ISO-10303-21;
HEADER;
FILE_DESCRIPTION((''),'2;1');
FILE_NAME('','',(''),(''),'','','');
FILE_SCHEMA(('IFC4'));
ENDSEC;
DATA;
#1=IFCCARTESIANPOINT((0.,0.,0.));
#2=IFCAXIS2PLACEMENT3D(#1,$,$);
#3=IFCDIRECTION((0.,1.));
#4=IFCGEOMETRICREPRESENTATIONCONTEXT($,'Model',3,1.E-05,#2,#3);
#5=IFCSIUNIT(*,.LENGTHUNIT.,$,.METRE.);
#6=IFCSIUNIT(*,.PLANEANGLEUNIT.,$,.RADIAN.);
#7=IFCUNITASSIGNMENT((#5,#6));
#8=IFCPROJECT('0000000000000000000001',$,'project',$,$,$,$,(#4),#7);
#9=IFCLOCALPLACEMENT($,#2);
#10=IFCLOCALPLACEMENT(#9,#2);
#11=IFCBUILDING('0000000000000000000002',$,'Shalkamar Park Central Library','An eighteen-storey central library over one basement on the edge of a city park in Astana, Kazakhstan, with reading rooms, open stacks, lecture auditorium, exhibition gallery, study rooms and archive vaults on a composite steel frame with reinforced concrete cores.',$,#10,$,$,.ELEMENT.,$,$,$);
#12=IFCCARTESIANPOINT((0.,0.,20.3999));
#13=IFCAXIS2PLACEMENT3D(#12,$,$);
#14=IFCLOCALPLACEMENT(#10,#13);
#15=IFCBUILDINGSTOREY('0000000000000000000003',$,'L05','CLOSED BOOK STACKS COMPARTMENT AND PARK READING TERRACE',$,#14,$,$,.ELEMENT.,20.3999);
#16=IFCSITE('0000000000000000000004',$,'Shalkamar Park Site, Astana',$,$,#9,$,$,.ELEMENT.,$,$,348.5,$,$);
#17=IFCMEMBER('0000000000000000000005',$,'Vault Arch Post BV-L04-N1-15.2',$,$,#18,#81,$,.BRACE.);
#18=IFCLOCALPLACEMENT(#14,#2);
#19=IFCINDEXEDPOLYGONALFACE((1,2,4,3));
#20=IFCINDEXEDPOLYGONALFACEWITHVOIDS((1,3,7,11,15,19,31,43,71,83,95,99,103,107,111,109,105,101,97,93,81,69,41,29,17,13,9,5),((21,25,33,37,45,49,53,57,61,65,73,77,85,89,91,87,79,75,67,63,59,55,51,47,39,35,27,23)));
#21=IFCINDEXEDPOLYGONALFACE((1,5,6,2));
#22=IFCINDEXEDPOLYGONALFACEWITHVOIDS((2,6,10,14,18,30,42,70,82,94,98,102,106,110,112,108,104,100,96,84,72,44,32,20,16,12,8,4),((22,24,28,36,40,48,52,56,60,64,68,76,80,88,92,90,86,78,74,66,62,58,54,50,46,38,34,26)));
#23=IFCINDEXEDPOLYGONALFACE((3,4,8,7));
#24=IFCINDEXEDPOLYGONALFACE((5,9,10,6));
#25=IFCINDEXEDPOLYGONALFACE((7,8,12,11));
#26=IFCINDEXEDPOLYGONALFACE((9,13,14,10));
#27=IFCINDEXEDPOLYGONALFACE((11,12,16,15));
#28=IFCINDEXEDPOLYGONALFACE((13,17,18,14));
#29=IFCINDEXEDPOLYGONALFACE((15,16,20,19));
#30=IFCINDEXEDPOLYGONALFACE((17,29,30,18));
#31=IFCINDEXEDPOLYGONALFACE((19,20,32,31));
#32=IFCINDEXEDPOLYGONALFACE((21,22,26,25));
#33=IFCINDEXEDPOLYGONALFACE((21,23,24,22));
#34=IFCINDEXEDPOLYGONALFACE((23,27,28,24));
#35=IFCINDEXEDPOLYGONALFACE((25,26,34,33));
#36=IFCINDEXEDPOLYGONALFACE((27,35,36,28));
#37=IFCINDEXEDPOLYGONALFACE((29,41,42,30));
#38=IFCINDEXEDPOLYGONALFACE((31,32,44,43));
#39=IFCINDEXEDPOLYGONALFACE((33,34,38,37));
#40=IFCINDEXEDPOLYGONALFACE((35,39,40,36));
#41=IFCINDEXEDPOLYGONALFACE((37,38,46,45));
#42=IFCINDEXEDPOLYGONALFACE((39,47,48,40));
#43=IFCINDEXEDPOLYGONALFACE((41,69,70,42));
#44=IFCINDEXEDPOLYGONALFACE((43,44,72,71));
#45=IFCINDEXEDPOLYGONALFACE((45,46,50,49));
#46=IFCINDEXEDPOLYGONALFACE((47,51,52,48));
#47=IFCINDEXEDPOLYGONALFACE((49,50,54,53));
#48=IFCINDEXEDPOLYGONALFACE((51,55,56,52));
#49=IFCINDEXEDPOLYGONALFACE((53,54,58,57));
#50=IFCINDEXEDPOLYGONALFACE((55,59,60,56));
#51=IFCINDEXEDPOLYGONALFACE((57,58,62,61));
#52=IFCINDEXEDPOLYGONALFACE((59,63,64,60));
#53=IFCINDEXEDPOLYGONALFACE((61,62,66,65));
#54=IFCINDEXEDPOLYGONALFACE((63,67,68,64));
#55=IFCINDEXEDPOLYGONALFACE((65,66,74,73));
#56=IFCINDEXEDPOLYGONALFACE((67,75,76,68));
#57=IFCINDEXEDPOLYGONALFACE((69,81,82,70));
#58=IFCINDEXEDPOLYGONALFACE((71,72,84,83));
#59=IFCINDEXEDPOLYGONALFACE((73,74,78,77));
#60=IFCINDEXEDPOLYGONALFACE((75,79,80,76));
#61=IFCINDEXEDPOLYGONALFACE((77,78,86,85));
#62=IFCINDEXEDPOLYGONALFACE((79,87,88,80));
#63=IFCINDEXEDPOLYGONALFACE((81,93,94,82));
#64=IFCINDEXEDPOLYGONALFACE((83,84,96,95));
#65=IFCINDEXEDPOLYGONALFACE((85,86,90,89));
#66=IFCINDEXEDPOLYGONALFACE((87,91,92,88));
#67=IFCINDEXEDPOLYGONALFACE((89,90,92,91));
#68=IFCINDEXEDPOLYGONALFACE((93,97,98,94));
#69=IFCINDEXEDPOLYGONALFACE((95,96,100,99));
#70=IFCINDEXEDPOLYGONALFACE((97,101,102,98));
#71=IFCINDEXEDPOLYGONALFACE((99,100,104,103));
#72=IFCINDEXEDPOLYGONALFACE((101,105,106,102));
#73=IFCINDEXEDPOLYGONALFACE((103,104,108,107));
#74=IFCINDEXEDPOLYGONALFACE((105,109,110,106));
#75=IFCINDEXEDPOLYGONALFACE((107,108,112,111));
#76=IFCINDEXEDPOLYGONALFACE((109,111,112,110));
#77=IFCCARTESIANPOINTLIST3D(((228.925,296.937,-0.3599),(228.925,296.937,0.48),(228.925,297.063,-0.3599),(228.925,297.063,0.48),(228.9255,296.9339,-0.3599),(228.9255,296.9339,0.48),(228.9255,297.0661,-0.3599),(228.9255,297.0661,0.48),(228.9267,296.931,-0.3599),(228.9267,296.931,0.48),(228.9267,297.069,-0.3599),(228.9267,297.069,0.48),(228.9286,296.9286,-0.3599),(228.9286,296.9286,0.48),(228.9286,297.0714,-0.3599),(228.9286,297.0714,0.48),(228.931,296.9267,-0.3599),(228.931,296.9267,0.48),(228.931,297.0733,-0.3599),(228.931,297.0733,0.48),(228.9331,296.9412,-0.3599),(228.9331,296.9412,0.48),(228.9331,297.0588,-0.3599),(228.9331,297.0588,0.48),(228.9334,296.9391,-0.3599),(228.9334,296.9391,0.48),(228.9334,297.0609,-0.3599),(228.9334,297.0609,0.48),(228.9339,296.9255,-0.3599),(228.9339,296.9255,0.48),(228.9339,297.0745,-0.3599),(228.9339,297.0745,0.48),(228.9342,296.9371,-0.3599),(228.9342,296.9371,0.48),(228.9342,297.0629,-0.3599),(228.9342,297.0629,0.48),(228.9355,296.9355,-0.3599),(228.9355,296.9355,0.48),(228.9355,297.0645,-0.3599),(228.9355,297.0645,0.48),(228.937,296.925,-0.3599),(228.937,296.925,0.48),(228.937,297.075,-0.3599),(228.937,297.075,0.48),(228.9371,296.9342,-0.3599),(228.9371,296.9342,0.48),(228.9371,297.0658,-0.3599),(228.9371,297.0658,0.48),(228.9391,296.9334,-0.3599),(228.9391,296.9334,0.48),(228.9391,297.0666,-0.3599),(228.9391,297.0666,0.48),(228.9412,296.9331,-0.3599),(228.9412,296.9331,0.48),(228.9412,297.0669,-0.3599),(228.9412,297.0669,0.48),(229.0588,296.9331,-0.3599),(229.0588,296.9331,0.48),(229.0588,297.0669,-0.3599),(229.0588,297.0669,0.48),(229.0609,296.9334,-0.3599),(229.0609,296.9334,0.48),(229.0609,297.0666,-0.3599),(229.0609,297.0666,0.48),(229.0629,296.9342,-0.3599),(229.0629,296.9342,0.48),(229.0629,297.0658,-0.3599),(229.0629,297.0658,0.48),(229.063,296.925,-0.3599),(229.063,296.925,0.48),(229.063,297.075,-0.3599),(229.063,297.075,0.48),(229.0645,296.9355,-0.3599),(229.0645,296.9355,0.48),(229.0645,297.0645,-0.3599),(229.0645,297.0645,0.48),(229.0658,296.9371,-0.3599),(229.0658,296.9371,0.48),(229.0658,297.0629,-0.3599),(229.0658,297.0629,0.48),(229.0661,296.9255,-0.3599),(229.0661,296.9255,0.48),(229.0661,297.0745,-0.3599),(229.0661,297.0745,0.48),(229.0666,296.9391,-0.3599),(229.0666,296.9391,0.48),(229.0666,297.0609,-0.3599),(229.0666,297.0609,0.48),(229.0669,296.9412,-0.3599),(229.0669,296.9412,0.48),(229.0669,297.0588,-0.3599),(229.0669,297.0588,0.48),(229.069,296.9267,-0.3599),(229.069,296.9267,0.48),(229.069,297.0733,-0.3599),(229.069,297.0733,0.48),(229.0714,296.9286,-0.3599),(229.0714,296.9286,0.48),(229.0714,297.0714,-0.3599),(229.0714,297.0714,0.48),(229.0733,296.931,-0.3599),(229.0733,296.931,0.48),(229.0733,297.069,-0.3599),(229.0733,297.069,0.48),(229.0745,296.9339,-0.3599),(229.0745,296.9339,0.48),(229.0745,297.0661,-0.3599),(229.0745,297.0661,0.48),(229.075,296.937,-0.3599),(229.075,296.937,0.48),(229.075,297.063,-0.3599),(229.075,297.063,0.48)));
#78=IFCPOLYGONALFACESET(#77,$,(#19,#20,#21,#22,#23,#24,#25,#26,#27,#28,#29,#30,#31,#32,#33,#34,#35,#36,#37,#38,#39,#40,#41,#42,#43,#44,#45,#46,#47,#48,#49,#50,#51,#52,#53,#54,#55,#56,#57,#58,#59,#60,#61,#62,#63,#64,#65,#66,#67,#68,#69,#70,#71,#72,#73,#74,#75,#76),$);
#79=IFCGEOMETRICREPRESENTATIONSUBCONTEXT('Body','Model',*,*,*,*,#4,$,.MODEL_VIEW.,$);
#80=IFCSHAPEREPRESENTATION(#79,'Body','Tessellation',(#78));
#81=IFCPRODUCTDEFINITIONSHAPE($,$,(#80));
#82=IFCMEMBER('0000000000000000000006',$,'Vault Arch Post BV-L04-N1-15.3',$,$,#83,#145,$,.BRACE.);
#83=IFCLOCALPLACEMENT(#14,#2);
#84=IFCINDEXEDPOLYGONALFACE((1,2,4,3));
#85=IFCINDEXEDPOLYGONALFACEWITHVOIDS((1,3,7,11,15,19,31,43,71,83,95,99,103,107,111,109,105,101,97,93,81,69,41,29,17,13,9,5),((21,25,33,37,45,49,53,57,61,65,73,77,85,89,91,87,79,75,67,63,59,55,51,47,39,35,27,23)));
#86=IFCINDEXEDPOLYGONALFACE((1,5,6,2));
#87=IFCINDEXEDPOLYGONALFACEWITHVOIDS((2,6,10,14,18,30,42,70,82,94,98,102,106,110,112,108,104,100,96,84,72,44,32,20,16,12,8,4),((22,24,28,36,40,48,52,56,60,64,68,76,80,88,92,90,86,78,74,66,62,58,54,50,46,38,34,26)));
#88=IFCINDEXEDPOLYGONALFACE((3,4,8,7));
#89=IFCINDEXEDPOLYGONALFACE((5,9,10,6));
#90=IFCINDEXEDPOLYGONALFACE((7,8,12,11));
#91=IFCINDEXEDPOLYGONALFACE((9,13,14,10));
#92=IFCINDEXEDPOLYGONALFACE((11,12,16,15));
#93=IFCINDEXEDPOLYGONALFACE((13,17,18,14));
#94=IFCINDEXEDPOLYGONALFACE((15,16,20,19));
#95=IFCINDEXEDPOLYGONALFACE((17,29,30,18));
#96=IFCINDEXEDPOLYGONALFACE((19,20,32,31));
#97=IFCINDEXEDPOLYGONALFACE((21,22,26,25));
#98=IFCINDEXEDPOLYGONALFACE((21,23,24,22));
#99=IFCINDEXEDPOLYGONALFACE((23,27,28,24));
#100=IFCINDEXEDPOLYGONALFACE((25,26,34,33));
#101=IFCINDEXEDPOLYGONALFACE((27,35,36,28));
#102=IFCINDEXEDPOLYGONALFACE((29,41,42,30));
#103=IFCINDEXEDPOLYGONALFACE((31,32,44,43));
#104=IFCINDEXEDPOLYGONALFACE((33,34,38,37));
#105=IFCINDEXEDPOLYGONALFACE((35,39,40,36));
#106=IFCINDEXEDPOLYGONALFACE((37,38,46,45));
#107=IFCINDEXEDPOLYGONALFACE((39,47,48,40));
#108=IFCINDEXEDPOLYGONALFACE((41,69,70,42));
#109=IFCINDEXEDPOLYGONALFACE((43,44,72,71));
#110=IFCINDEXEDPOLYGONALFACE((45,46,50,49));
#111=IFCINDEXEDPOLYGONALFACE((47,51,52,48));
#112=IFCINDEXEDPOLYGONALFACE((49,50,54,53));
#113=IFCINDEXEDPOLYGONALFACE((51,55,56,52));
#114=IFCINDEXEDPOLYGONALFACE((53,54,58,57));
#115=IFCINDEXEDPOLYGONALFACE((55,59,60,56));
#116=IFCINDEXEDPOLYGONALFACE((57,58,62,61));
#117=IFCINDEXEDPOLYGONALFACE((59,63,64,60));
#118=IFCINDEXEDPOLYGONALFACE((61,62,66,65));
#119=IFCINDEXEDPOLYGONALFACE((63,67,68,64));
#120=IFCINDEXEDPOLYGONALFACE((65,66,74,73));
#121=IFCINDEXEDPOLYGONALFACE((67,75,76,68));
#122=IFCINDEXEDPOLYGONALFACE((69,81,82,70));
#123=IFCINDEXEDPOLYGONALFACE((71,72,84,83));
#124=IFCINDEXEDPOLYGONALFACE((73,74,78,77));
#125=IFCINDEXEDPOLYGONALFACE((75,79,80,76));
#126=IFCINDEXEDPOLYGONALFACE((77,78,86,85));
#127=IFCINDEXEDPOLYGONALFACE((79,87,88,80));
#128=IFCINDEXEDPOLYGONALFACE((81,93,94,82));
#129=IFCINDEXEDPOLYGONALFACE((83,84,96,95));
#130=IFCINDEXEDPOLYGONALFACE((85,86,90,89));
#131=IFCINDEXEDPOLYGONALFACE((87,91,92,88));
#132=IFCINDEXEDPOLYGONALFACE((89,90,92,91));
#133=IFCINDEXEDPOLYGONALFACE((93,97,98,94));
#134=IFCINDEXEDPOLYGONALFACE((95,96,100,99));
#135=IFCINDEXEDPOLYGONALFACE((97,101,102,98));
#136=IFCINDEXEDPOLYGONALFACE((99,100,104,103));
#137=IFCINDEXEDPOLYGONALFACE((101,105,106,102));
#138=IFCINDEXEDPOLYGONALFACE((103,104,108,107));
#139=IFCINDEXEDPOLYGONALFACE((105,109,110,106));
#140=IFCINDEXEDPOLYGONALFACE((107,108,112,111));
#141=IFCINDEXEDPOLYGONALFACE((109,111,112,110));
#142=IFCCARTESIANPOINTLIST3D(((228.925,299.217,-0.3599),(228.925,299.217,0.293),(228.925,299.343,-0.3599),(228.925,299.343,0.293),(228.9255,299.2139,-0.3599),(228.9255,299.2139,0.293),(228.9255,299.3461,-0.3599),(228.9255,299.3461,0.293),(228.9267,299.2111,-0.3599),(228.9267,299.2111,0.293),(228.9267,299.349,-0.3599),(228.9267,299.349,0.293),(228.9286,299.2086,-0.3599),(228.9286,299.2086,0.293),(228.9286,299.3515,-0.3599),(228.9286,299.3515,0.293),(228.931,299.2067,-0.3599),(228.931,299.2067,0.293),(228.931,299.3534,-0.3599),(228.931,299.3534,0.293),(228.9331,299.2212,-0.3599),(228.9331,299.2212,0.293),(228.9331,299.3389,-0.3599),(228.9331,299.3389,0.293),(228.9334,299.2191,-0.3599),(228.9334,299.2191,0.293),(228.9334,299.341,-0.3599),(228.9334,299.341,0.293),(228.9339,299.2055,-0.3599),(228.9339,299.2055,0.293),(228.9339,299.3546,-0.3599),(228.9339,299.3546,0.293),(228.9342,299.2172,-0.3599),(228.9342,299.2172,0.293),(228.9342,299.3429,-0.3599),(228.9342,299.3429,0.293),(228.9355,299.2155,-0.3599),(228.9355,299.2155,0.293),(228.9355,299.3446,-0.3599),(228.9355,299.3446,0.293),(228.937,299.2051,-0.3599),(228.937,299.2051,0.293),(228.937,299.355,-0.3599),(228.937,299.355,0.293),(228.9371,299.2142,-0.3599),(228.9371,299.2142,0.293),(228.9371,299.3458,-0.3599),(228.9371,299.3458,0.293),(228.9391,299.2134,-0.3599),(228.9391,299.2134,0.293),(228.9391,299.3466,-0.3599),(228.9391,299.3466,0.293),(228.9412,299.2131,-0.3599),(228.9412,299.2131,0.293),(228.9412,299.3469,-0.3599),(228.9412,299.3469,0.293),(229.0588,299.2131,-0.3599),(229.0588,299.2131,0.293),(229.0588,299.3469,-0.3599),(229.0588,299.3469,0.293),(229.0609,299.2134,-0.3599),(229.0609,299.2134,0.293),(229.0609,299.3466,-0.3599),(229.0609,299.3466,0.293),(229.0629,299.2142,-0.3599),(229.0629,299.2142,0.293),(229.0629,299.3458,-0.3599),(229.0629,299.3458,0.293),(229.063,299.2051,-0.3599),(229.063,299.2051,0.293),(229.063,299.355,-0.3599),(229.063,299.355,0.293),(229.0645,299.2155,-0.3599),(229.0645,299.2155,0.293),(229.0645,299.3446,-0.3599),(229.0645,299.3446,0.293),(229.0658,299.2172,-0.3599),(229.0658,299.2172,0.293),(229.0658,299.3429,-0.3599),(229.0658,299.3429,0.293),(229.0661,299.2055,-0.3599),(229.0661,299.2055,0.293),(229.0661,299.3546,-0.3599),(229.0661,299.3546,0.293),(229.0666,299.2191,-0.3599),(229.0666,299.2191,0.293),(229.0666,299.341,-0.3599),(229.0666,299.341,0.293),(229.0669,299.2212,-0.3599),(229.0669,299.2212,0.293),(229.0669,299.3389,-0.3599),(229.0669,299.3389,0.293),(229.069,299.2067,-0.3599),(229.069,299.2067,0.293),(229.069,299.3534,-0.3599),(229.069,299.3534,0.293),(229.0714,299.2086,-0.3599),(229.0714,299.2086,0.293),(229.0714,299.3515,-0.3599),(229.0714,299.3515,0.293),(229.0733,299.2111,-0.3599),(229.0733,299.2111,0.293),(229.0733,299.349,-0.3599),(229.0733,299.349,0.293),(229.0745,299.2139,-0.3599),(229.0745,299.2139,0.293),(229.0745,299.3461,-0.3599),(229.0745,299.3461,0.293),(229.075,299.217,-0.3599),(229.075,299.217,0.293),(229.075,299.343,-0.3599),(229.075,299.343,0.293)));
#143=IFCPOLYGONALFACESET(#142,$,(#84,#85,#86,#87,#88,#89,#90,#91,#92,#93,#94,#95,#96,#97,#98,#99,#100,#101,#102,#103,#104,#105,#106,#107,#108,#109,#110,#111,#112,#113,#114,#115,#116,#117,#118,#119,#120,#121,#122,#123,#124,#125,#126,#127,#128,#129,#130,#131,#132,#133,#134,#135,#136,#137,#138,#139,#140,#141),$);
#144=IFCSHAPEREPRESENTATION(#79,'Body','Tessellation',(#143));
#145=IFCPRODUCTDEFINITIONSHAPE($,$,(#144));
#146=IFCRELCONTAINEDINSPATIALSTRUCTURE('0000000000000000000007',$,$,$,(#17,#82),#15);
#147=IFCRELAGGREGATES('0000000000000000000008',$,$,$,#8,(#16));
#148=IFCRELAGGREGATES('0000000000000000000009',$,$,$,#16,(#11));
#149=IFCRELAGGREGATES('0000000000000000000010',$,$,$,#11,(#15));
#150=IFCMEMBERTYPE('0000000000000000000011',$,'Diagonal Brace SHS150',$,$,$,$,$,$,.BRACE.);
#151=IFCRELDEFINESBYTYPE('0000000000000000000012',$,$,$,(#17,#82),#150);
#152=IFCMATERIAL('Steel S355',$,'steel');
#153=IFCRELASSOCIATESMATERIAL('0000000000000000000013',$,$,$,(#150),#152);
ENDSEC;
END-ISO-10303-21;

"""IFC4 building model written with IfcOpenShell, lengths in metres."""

from ifc_helpers import new_model, si_unit, direction, frame, origin, origin_2d, place, context, subcontext, project, spatial, hollow_rectangle, extrude, material, material_profile, profile_set, type_object, element, save


model = new_model("IFC4")

# Units and contexts
model_context = context("Model", 3, precision=1e-05, world=origin(), true_north=direction((0.0, 1.0)))
body_context = subcontext(model_context, "Body", "Model", "MODEL_VIEW")
ifc_project = project(units=[si_unit("LENGTHUNIT", "METRE"), si_unit("PLANEANGLEUNIT", "RADIAN")], contexts=[model_context])

# Site, building, storey
site_placement = place(None, origin())
site = spatial("IfcSite", under=ifc_project, at=site_placement, Name="Shalkamar Park Site, Astana", CompositionType="ELEMENT", RefElevation=348.5)
building_placement = place(site_placement, origin())
building = spatial("IfcBuilding", under=site, at=building_placement, Name="Shalkamar Park Central Library", Description="An eighteen-storey central library over one basement on the edge of a city park in Astana, Kazakhstan, with reading rooms, open stacks, lecture auditorium, exhibition gallery, study rooms and archive vaults on a composite steel frame with reinforced concrete cores.", CompositionType="ELEMENT")
storey_placement = place(building_placement, frame((0.0, 0.0, 20.3999)))
storey = spatial("IfcBuildingStorey", under=building, at=storey_placement, Name="L05", Description="CLOSED BOOK STACKS COMPARTMENT AND PARK READING TERRACE", CompositionType="ELEMENT", Elevation=20.3999)

# Members
ifc_material = material(Name="Steel S355", Category="steel")
ifc_material_profile_1 = material_profile(ifc_material, hollow_rectangle(XDim=0.1499, YDim=0.1499, WallThickness=0.0081, InnerFilletRadius=0.0081, OuterFilletRadius=0.012, at=origin_2d()), Name="SHS 150x150x8")
ifc_profile_set_1 = profile_set([ifc_material_profile_1], Name="Steel S355")
member_type_1 = type_object("IfcMemberType", Name="Diagonal Brace SHS150", PredefinedType="BRACE", material=ifc_profile_set_1)
member_1_placement = place(storey_placement, frame((229.0, 297.0, -0.3599), z_axis=(0.0, 0.0, 1.0), x_axis=(1.0, 0.0, 0.0)))
element("IfcMember", 1, at=member_1_placement, inside=storey, type_object=member_type_1, Name="Vault Arch Post BV-L04-N1-15.2", PredefinedType="BRACE", context=body_context, shape_type="SweptSolid", body=[
    extrude(hollow_rectangle(XDim=0.1499, YDim=0.1499, WallThickness=0.0081, InnerFilletRadius=0.0081, OuterFilletRadius=0.012, at=origin_2d()), origin(), (0.0, 0.0, 1.0), 0.8398),
])
member_2_placement = place(storey_placement, frame((229.0, 299.28, -0.3599), z_axis=(0.0, 0.0, 1.0), x_axis=(1.0, 0.0, 0.0)))
element("IfcMember", 2, at=member_2_placement, inside=storey, type_object=member_type_1, Name="Vault Arch Post BV-L04-N1-15.3", PredefinedType="BRACE", context=body_context, shape_type="SweptSolid", body=[
    extrude(hollow_rectangle(XDim=0.1499, YDim=0.1499, WallThickness=0.0081, InnerFilletRadius=0.0081, OuterFilletRadius=0.012, at=origin_2d()), origin(), (0.0, 0.0, 1.0), 0.6528),
])

save(model, "model.ifc")
